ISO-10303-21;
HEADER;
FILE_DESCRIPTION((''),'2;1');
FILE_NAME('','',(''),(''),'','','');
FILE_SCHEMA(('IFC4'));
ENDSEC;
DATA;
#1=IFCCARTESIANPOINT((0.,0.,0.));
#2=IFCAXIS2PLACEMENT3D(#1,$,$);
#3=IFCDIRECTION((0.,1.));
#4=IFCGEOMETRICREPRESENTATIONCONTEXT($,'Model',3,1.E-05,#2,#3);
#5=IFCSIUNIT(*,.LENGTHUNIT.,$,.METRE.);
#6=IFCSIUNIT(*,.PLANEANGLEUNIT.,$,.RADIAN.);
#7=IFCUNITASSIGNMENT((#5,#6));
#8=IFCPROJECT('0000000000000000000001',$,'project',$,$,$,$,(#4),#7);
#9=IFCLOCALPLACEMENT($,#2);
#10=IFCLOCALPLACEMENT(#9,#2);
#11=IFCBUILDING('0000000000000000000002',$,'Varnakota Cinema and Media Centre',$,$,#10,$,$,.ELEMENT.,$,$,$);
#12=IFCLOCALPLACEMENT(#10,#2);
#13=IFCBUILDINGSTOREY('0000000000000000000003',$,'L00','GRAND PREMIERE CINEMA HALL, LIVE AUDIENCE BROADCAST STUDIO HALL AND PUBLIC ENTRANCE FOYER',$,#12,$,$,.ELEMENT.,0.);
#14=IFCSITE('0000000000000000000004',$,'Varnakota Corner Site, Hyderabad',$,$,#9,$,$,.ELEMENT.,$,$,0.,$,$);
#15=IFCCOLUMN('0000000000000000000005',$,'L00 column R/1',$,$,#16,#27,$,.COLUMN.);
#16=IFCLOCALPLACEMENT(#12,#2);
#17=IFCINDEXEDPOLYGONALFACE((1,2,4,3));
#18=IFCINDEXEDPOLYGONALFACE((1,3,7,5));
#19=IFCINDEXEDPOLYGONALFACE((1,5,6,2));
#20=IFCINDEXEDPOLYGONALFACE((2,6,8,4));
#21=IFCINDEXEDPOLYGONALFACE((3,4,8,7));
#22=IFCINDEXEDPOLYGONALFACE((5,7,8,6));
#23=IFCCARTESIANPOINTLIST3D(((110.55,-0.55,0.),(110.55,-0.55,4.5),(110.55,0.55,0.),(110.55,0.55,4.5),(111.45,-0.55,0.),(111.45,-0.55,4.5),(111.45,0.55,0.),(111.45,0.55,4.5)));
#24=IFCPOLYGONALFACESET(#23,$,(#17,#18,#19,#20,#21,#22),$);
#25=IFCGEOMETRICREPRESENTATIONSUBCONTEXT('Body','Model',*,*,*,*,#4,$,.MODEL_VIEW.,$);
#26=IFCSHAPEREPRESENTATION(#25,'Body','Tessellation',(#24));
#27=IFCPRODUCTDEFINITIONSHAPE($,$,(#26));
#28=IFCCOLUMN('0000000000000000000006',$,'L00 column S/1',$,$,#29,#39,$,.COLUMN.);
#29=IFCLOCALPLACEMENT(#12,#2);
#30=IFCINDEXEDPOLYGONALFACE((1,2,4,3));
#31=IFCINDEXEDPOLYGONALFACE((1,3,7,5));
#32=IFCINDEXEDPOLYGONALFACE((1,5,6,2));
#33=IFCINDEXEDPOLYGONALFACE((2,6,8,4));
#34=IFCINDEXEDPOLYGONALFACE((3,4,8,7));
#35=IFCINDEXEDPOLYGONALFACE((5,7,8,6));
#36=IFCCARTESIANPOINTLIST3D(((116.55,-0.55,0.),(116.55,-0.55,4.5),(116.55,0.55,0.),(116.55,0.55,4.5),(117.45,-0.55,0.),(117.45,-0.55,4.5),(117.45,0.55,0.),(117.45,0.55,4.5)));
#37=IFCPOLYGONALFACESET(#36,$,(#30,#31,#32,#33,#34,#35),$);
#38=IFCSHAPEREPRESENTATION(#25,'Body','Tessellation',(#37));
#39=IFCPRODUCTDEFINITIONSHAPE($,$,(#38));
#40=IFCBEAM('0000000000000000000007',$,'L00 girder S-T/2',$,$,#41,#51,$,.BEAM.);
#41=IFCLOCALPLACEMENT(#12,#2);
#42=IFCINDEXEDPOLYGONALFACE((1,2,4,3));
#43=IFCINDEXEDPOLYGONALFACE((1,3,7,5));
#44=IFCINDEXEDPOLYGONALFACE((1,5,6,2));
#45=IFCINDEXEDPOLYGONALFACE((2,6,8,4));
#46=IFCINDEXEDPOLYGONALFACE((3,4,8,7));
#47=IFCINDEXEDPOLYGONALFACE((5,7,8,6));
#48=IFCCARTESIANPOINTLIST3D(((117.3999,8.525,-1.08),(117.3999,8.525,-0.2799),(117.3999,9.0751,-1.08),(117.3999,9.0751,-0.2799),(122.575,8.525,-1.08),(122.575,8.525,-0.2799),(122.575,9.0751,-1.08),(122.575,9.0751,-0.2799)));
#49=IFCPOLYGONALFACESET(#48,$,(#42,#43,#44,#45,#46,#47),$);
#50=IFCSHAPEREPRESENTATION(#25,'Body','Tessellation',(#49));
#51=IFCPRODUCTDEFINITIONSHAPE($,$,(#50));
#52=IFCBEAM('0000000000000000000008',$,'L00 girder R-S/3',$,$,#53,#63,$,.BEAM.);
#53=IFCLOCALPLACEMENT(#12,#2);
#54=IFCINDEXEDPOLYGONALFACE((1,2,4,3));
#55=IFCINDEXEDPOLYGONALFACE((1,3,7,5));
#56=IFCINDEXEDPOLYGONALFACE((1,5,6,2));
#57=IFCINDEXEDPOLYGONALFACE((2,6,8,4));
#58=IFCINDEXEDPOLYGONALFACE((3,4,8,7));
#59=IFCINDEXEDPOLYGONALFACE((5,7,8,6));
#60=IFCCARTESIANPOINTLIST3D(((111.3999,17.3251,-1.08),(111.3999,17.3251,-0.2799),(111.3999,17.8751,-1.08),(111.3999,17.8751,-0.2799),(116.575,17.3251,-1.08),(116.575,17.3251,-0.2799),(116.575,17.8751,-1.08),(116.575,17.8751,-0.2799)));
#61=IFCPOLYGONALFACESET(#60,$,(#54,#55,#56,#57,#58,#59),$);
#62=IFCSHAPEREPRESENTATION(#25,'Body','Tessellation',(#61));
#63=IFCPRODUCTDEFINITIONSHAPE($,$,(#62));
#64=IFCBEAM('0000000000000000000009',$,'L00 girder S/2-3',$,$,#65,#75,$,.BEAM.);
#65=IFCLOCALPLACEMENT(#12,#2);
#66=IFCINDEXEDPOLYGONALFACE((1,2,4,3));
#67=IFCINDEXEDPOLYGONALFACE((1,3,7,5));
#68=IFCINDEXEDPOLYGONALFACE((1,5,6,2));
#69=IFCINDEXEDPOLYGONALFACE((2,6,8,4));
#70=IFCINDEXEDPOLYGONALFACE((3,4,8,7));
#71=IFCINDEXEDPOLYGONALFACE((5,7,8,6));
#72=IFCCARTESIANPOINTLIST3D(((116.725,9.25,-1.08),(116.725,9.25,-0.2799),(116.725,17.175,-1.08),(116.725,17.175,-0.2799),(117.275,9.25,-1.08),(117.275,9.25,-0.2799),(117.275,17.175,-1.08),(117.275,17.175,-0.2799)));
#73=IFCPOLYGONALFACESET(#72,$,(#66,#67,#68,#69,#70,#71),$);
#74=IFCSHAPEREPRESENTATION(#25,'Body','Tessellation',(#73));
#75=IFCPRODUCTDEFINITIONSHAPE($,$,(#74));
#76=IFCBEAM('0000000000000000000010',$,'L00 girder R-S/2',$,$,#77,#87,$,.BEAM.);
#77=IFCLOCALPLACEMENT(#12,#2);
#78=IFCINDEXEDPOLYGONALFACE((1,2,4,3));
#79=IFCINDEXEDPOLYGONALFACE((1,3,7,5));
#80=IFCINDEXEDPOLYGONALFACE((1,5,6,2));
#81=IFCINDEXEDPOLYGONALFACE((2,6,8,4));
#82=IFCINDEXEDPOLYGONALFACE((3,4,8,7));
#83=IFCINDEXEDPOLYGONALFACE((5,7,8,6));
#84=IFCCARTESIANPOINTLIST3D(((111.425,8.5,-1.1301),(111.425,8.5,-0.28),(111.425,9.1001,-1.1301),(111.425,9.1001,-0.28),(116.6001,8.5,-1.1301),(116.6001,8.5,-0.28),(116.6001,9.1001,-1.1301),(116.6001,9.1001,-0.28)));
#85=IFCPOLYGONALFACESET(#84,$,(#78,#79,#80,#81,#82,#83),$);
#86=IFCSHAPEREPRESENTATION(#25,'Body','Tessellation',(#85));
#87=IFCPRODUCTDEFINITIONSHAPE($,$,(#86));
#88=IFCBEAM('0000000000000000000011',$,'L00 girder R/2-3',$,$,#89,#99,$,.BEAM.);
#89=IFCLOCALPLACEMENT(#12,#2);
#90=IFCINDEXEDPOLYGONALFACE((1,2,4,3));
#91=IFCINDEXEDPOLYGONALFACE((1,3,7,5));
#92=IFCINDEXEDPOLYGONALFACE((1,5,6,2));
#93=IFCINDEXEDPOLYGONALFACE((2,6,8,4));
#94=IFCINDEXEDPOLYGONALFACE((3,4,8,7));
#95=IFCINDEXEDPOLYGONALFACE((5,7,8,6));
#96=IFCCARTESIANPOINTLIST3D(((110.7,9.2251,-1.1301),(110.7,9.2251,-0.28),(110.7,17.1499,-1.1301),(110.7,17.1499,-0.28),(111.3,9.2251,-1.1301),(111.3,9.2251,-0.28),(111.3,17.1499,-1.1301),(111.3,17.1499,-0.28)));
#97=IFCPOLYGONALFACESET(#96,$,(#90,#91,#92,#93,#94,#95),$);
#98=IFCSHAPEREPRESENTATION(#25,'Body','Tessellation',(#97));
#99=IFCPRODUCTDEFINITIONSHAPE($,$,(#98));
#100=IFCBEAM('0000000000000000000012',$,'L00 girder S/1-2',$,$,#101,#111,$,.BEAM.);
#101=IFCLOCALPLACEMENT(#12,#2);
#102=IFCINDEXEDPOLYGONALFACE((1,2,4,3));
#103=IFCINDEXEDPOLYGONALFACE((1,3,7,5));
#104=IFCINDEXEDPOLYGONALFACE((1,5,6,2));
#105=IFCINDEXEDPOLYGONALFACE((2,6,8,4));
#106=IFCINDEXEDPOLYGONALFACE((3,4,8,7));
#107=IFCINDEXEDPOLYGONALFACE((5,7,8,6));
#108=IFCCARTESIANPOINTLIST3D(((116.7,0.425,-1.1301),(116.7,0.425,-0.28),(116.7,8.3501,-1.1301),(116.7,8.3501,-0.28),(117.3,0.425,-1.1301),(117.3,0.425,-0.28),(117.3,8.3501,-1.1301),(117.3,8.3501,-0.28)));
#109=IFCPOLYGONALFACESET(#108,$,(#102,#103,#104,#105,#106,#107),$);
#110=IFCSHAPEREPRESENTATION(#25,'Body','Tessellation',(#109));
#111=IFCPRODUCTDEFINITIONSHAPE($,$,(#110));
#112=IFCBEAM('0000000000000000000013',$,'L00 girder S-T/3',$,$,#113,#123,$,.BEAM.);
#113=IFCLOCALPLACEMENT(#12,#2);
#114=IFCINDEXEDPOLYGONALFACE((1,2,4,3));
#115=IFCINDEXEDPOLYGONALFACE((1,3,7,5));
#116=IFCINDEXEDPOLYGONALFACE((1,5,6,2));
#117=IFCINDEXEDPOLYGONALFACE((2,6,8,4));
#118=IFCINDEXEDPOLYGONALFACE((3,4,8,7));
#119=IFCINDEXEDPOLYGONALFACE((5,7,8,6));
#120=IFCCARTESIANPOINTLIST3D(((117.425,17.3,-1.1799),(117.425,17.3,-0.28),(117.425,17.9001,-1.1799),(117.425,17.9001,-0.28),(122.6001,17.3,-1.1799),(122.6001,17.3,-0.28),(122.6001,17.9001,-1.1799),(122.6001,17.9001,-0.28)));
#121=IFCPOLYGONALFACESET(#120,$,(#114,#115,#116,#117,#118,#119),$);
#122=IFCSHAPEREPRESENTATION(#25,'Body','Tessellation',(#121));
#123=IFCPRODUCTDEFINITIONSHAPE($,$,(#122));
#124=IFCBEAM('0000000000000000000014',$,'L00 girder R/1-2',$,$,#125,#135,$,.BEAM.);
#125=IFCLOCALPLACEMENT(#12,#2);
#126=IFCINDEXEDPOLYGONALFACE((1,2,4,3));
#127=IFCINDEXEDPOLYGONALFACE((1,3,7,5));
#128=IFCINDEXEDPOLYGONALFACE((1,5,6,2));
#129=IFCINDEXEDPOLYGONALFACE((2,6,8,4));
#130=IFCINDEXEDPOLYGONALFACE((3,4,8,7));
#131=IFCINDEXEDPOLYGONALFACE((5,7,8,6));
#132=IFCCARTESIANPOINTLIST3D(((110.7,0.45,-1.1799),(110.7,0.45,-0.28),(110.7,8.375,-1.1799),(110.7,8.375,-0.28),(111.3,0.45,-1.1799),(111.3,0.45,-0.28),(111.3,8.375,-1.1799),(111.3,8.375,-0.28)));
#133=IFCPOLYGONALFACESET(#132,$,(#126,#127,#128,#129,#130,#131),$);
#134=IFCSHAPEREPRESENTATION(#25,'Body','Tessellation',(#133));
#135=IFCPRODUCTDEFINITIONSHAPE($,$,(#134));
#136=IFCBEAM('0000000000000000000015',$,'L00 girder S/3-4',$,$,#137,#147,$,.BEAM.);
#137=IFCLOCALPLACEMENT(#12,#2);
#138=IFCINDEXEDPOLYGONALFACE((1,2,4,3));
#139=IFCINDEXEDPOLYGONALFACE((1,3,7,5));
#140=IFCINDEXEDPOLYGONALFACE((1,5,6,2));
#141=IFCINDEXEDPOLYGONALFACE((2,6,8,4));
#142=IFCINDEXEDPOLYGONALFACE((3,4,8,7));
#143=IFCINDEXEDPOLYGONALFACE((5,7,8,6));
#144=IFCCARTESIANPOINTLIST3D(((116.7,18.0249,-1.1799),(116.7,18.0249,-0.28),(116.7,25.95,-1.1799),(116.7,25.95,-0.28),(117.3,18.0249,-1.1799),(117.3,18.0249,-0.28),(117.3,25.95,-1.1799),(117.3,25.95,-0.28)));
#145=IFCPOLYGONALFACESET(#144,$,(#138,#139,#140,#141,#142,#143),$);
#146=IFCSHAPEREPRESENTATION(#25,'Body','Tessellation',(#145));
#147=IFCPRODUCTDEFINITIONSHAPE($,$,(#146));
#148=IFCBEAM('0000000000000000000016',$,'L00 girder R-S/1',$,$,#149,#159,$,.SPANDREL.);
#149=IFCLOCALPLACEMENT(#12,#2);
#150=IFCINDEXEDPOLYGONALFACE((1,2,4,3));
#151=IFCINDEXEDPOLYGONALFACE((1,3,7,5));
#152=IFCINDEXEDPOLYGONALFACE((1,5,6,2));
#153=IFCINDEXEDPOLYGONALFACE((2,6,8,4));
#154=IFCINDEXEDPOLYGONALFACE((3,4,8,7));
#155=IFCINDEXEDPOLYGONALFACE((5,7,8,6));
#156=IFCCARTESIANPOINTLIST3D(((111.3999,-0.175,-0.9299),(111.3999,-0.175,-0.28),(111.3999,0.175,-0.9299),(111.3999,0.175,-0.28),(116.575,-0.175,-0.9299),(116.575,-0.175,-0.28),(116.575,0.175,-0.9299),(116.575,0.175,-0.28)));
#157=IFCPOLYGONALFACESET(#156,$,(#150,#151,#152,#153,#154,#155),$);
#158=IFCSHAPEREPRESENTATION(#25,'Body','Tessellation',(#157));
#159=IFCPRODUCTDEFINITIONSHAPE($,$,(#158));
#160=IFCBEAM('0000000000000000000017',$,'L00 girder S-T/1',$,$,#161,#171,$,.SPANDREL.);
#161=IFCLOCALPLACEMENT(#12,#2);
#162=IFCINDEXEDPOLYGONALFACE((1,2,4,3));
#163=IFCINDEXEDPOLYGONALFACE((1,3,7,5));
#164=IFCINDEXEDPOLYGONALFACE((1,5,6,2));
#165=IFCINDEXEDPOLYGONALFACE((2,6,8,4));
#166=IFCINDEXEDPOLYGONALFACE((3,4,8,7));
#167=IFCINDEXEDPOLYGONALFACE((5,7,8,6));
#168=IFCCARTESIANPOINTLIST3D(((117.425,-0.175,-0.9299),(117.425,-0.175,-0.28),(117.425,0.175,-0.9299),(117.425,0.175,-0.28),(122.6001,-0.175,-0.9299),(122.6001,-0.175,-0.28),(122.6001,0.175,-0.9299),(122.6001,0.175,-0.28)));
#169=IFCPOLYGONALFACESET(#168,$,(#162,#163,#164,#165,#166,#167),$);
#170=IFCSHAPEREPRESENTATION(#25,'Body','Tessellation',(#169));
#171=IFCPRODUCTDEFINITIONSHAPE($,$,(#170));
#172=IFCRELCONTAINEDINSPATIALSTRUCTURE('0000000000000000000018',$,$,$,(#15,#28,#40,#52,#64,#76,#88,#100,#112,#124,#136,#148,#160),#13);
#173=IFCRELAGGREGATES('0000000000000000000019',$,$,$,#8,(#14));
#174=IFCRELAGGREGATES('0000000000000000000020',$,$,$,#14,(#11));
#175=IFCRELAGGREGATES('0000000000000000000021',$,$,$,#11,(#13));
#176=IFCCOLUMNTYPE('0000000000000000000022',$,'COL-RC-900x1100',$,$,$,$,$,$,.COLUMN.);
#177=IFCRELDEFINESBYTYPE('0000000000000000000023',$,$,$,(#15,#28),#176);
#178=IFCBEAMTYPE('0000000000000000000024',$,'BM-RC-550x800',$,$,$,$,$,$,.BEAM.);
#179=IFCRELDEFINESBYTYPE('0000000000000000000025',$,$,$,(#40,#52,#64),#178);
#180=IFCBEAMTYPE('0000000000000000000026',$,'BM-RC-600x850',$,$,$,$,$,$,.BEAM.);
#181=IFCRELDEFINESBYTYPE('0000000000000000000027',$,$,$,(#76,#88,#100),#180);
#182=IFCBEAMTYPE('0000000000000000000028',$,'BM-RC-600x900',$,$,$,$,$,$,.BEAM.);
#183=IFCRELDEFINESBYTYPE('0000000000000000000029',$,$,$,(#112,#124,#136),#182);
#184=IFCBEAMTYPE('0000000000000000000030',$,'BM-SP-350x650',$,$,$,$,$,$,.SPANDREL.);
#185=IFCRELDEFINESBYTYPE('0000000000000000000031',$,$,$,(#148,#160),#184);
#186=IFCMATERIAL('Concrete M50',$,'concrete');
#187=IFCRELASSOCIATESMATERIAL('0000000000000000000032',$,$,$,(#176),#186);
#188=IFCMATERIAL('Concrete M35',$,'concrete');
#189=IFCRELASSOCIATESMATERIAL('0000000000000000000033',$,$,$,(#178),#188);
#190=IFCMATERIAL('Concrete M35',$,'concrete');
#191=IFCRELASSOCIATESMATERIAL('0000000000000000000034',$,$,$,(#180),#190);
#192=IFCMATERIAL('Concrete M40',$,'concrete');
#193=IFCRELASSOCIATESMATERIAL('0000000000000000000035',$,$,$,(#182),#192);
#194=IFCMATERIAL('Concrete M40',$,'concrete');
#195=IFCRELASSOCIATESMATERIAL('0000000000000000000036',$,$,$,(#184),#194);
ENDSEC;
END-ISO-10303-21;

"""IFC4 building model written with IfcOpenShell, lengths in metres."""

from ifc_helpers import new_model, si_unit, direction, frame, origin, origin_2d, place, context, subcontext, project, spatial, rectangle, extrude, material, material_profile, profile_set, type_object, element, save


model = new_model("IFC4")

# Units and contexts
model_context = context("Model", 3, precision=1e-05, world=origin(), true_north=direction((0.0, 1.0)))
body_context = subcontext(model_context, "Body", "Model", "MODEL_VIEW")
ifc_project = project(units=[si_unit("LENGTHUNIT", "METRE"), si_unit("PLANEANGLEUNIT", "RADIAN")], contexts=[model_context])

# Site, building, storey
site_placement = place(None, origin())
site = spatial("IfcSite", under=ifc_project, at=site_placement, Name="Varnakota Corner Site, Hyderabad", CompositionType="ELEMENT", RefElevation=0.0)
building_placement = place(site_placement, origin())
building = spatial("IfcBuilding", under=site, at=building_placement, Name="Varnakota Cinema and Media Centre", CompositionType="ELEMENT")
storey_placement = place(building_placement, origin())
storey = spatial("IfcBuildingStorey", under=building, at=storey_placement, Name="L00", Description="GRAND PREMIERE CINEMA HALL, LIVE AUDIENCE BROADCAST STUDIO HALL AND PUBLIC ENTRANCE FOYER", CompositionType="ELEMENT", Elevation=0.0)

# Columns
ifc_material_1 = material(Name="Concrete M50", Category="concrete")
ifc_material_profile_1 = material_profile(ifc_material_1, rectangle(XDim=0.8999, YDim=1.1001, at=origin_2d()), Name="RC 900x1100")
ifc_profile_set_1 = profile_set([ifc_material_profile_1], Name="Concrete M50")
column_type = type_object("IfcColumnType", Name="COL-RC-900x1100", PredefinedType="COLUMN", material=ifc_profile_set_1)
for number, where, z_axis, x_axis, name in (
    (1, (111.0, 0.0, 0.0), (0.0, 0.0, 1.0), (1.0, 0.0, 0.0), "L00 column R/1"),
    (2, (117.0, 0.0, 0.0), (0.0, 0.0, 1.0), (1.0, 0.0, 0.0), "L00 column S/1"),
):
    element("IfcColumn", number, at=place(storey_placement, frame(where, z_axis=z_axis, x_axis=x_axis)), inside=storey, type_object=column_type, Name=name, PredefinedType="COLUMN", context=body_context, shape_type="SweptSolid", body=[
        extrude(rectangle(XDim=0.8999, YDim=1.1001, at=origin_2d()), origin(), (0.0, 0.0, 1.0), 4.5),
    ])

# Beams
ifc_material_2 = material(Name="Concrete M35", Category="concrete")
ifc_material_profile_2 = material_profile(ifc_material_2, rectangle(XDim=0.55, YDim=0.8, at=origin_2d()), Name="RCB 550x800")
ifc_profile_set_2 = profile_set([ifc_material_profile_2], Name="Concrete M35")
beam_type_1 = type_object("IfcBeamType", Name="BM-RC-550x800", PredefinedType="BEAM", material=ifc_profile_set_2)
for number, where, z_axis, x_axis, name in (
    (3, (117.3999, 8.8, -0.6799), (1.0, 0.0, 0.0), (0.0, 1.0, 0.0), "L00 girder S-T/2"),
    (4, (111.3999, 17.6001, -0.6799), (1.0, 0.0, 0.0), (0.0, 1.0, 0.0), "L00 girder R-S/3"),
):
    element("IfcBeam", number, at=place(storey_placement, frame(where, z_axis=z_axis, x_axis=x_axis)), inside=storey, type_object=beam_type_1, Name=name, PredefinedType="BEAM", context=body_context, shape_type="SweptSolid", body=[
        extrude(rectangle(XDim=0.55, YDim=0.8, at=origin_2d()), origin(), (0.0, 0.0, 1.0), 5.175),
    ])
beam_1_placement = place(storey_placement, frame((117.0, 9.25, -0.6799), z_axis=(0.0, 1.0, 0.0), x_axis=(-1.0, 0.0, 0.0)))
element("IfcBeam", 5, at=beam_1_placement, inside=storey, type_object=beam_type_1, Name="L00 girder S/2-3", PredefinedType="BEAM", context=body_context, shape_type="SweptSolid", body=[
    extrude(rectangle(XDim=0.55, YDim=0.8, at=origin_2d()), origin(), (0.0, 0.0, 1.0), 7.925),
])
ifc_material_3 = material(Name="Concrete M35", Category="concrete")
ifc_material_profile_3 = material_profile(ifc_material_3, rectangle(XDim=0.6001, YDim=0.8501, at=origin_2d()), Name="RCB 600x850")
ifc_profile_set_3 = profile_set([ifc_material_profile_3], Name="Concrete M35")
beam_type_2 = type_object("IfcBeamType", Name="BM-RC-600x850", PredefinedType="BEAM", material=ifc_profile_set_3)
beam_2_placement = place(storey_placement, frame((111.425, 8.8, -0.7051), z_axis=(1.0, 0.0, 0.0), x_axis=(0.0, 1.0, 0.0)))
element("IfcBeam", 6, at=beam_2_placement, inside=storey, type_object=beam_type_2, Name="L00 girder R-S/2", PredefinedType="BEAM", context=body_context, shape_type="SweptSolid", body=[
    extrude(rectangle(XDim=0.6001, YDim=0.8501, at=origin_2d()), origin(), (0.0, 0.0, 1.0), 5.175),
])
beam_3_placement = place(storey_placement, frame((111.0, 9.2251, -0.7051), z_axis=(0.0, 1.0, 0.0), x_axis=(-1.0, 0.0, 0.0)))
element("IfcBeam", 7, at=beam_3_placement, inside=storey, type_object=beam_type_2, Name="L00 girder R/2-3", PredefinedType="BEAM", context=body_context, shape_type="SweptSolid", body=[
    extrude(rectangle(XDim=0.6001, YDim=0.8501, at=origin_2d()), origin(), (0.0, 0.0, 1.0), 7.9248),
])
beam_4_placement = place(storey_placement, frame((117.0, 0.425, -0.7051), z_axis=(0.0, 1.0, 0.0), x_axis=(-1.0, 0.0, 0.0)))
element("IfcBeam", 8, at=beam_4_placement, inside=storey, type_object=beam_type_2, Name="L00 girder S/1-2", PredefinedType="BEAM", context=body_context, shape_type="SweptSolid", body=[
    extrude(rectangle(XDim=0.6001, YDim=0.8501, at=origin_2d()), origin(), (0.0, 0.0, 1.0), 7.925),
])
ifc_material_4 = material(Name="Concrete M40", Category="concrete")
ifc_material_profile_4 = material_profile(ifc_material_4, rectangle(XDim=0.6001, YDim=0.8999, at=origin_2d()), Name="RCB 600x900")
ifc_profile_set_4 = profile_set([ifc_material_profile_4], Name="Concrete M40")
beam_type_3 = type_object("IfcBeamType", Name="BM-RC-600x900", PredefinedType="BEAM", material=ifc_profile_set_4)
beam_5_placement = place(storey_placement, frame((117.425, 17.6001, -0.73), z_axis=(1.0, 0.0, 0.0), x_axis=(0.0, 1.0, 0.0)))
element("IfcBeam", 9, at=beam_5_placement, inside=storey, type_object=beam_type_3, Name="L00 girder S-T/3", PredefinedType="BEAM", context=body_context, shape_type="SweptSolid", body=[
    extrude(rectangle(XDim=0.6001, YDim=0.8999, at=origin_2d()), origin(), (0.0, 0.0, 1.0), 5.175),
])
for number, where, z_axis, x_axis, name in (
    (10, (111.0, 0.45, -0.73), (0.0, 1.0, 0.0), (-1.0, 0.0, 0.0), "L00 girder R/1-2"),
    (11, (117.0, 18.0249, -0.73), (0.0, 1.0, 0.0), (-1.0, 0.0, 0.0), "L00 girder S/3-4"),
):
    element("IfcBeam", number, at=place(storey_placement, frame(where, z_axis=z_axis, x_axis=x_axis)), inside=storey, type_object=beam_type_3, Name=name, PredefinedType="BEAM", context=body_context, shape_type="SweptSolid", body=[
        extrude(rectangle(XDim=0.6001, YDim=0.8999, at=origin_2d()), origin(), (0.0, 0.0, 1.0), 7.925),
    ])
ifc_material_5 = material(Name="Concrete M40", Category="concrete")
ifc_material_profile_5 = material_profile(ifc_material_5, rectangle(XDim=0.3501, YDim=0.6499, at=origin_2d()), Name="RCB 350x650")
ifc_profile_set_5 = profile_set([ifc_material_profile_5], Name="Concrete M40")
beam_type_4 = type_object("IfcBeamType", Name="BM-SP-350x650", PredefinedType="SPANDREL", material=ifc_profile_set_5)
for number, where, z_axis, x_axis, name in (
    (12, (111.3999, 0.0, -0.605), (1.0, 0.0, 0.0), (0.0, 1.0, 0.0), "L00 girder R-S/1"),
    (13, (117.425, 0.0, -0.605), (1.0, 0.0, 0.0), (0.0, 1.0, 0.0), "L00 girder S-T/1"),
):
    element("IfcBeam", number, at=place(storey_placement, frame(where, z_axis=z_axis, x_axis=x_axis)), inside=storey, type_object=beam_type_4, Name=name, PredefinedType="SPANDREL", context=body_context, shape_type="SweptSolid", body=[
        extrude(rectangle(XDim=0.3501, YDim=0.6499, at=origin_2d()), origin(), (0.0, 0.0, 1.0), 5.175),
    ])

save(model, "model.ifc")
